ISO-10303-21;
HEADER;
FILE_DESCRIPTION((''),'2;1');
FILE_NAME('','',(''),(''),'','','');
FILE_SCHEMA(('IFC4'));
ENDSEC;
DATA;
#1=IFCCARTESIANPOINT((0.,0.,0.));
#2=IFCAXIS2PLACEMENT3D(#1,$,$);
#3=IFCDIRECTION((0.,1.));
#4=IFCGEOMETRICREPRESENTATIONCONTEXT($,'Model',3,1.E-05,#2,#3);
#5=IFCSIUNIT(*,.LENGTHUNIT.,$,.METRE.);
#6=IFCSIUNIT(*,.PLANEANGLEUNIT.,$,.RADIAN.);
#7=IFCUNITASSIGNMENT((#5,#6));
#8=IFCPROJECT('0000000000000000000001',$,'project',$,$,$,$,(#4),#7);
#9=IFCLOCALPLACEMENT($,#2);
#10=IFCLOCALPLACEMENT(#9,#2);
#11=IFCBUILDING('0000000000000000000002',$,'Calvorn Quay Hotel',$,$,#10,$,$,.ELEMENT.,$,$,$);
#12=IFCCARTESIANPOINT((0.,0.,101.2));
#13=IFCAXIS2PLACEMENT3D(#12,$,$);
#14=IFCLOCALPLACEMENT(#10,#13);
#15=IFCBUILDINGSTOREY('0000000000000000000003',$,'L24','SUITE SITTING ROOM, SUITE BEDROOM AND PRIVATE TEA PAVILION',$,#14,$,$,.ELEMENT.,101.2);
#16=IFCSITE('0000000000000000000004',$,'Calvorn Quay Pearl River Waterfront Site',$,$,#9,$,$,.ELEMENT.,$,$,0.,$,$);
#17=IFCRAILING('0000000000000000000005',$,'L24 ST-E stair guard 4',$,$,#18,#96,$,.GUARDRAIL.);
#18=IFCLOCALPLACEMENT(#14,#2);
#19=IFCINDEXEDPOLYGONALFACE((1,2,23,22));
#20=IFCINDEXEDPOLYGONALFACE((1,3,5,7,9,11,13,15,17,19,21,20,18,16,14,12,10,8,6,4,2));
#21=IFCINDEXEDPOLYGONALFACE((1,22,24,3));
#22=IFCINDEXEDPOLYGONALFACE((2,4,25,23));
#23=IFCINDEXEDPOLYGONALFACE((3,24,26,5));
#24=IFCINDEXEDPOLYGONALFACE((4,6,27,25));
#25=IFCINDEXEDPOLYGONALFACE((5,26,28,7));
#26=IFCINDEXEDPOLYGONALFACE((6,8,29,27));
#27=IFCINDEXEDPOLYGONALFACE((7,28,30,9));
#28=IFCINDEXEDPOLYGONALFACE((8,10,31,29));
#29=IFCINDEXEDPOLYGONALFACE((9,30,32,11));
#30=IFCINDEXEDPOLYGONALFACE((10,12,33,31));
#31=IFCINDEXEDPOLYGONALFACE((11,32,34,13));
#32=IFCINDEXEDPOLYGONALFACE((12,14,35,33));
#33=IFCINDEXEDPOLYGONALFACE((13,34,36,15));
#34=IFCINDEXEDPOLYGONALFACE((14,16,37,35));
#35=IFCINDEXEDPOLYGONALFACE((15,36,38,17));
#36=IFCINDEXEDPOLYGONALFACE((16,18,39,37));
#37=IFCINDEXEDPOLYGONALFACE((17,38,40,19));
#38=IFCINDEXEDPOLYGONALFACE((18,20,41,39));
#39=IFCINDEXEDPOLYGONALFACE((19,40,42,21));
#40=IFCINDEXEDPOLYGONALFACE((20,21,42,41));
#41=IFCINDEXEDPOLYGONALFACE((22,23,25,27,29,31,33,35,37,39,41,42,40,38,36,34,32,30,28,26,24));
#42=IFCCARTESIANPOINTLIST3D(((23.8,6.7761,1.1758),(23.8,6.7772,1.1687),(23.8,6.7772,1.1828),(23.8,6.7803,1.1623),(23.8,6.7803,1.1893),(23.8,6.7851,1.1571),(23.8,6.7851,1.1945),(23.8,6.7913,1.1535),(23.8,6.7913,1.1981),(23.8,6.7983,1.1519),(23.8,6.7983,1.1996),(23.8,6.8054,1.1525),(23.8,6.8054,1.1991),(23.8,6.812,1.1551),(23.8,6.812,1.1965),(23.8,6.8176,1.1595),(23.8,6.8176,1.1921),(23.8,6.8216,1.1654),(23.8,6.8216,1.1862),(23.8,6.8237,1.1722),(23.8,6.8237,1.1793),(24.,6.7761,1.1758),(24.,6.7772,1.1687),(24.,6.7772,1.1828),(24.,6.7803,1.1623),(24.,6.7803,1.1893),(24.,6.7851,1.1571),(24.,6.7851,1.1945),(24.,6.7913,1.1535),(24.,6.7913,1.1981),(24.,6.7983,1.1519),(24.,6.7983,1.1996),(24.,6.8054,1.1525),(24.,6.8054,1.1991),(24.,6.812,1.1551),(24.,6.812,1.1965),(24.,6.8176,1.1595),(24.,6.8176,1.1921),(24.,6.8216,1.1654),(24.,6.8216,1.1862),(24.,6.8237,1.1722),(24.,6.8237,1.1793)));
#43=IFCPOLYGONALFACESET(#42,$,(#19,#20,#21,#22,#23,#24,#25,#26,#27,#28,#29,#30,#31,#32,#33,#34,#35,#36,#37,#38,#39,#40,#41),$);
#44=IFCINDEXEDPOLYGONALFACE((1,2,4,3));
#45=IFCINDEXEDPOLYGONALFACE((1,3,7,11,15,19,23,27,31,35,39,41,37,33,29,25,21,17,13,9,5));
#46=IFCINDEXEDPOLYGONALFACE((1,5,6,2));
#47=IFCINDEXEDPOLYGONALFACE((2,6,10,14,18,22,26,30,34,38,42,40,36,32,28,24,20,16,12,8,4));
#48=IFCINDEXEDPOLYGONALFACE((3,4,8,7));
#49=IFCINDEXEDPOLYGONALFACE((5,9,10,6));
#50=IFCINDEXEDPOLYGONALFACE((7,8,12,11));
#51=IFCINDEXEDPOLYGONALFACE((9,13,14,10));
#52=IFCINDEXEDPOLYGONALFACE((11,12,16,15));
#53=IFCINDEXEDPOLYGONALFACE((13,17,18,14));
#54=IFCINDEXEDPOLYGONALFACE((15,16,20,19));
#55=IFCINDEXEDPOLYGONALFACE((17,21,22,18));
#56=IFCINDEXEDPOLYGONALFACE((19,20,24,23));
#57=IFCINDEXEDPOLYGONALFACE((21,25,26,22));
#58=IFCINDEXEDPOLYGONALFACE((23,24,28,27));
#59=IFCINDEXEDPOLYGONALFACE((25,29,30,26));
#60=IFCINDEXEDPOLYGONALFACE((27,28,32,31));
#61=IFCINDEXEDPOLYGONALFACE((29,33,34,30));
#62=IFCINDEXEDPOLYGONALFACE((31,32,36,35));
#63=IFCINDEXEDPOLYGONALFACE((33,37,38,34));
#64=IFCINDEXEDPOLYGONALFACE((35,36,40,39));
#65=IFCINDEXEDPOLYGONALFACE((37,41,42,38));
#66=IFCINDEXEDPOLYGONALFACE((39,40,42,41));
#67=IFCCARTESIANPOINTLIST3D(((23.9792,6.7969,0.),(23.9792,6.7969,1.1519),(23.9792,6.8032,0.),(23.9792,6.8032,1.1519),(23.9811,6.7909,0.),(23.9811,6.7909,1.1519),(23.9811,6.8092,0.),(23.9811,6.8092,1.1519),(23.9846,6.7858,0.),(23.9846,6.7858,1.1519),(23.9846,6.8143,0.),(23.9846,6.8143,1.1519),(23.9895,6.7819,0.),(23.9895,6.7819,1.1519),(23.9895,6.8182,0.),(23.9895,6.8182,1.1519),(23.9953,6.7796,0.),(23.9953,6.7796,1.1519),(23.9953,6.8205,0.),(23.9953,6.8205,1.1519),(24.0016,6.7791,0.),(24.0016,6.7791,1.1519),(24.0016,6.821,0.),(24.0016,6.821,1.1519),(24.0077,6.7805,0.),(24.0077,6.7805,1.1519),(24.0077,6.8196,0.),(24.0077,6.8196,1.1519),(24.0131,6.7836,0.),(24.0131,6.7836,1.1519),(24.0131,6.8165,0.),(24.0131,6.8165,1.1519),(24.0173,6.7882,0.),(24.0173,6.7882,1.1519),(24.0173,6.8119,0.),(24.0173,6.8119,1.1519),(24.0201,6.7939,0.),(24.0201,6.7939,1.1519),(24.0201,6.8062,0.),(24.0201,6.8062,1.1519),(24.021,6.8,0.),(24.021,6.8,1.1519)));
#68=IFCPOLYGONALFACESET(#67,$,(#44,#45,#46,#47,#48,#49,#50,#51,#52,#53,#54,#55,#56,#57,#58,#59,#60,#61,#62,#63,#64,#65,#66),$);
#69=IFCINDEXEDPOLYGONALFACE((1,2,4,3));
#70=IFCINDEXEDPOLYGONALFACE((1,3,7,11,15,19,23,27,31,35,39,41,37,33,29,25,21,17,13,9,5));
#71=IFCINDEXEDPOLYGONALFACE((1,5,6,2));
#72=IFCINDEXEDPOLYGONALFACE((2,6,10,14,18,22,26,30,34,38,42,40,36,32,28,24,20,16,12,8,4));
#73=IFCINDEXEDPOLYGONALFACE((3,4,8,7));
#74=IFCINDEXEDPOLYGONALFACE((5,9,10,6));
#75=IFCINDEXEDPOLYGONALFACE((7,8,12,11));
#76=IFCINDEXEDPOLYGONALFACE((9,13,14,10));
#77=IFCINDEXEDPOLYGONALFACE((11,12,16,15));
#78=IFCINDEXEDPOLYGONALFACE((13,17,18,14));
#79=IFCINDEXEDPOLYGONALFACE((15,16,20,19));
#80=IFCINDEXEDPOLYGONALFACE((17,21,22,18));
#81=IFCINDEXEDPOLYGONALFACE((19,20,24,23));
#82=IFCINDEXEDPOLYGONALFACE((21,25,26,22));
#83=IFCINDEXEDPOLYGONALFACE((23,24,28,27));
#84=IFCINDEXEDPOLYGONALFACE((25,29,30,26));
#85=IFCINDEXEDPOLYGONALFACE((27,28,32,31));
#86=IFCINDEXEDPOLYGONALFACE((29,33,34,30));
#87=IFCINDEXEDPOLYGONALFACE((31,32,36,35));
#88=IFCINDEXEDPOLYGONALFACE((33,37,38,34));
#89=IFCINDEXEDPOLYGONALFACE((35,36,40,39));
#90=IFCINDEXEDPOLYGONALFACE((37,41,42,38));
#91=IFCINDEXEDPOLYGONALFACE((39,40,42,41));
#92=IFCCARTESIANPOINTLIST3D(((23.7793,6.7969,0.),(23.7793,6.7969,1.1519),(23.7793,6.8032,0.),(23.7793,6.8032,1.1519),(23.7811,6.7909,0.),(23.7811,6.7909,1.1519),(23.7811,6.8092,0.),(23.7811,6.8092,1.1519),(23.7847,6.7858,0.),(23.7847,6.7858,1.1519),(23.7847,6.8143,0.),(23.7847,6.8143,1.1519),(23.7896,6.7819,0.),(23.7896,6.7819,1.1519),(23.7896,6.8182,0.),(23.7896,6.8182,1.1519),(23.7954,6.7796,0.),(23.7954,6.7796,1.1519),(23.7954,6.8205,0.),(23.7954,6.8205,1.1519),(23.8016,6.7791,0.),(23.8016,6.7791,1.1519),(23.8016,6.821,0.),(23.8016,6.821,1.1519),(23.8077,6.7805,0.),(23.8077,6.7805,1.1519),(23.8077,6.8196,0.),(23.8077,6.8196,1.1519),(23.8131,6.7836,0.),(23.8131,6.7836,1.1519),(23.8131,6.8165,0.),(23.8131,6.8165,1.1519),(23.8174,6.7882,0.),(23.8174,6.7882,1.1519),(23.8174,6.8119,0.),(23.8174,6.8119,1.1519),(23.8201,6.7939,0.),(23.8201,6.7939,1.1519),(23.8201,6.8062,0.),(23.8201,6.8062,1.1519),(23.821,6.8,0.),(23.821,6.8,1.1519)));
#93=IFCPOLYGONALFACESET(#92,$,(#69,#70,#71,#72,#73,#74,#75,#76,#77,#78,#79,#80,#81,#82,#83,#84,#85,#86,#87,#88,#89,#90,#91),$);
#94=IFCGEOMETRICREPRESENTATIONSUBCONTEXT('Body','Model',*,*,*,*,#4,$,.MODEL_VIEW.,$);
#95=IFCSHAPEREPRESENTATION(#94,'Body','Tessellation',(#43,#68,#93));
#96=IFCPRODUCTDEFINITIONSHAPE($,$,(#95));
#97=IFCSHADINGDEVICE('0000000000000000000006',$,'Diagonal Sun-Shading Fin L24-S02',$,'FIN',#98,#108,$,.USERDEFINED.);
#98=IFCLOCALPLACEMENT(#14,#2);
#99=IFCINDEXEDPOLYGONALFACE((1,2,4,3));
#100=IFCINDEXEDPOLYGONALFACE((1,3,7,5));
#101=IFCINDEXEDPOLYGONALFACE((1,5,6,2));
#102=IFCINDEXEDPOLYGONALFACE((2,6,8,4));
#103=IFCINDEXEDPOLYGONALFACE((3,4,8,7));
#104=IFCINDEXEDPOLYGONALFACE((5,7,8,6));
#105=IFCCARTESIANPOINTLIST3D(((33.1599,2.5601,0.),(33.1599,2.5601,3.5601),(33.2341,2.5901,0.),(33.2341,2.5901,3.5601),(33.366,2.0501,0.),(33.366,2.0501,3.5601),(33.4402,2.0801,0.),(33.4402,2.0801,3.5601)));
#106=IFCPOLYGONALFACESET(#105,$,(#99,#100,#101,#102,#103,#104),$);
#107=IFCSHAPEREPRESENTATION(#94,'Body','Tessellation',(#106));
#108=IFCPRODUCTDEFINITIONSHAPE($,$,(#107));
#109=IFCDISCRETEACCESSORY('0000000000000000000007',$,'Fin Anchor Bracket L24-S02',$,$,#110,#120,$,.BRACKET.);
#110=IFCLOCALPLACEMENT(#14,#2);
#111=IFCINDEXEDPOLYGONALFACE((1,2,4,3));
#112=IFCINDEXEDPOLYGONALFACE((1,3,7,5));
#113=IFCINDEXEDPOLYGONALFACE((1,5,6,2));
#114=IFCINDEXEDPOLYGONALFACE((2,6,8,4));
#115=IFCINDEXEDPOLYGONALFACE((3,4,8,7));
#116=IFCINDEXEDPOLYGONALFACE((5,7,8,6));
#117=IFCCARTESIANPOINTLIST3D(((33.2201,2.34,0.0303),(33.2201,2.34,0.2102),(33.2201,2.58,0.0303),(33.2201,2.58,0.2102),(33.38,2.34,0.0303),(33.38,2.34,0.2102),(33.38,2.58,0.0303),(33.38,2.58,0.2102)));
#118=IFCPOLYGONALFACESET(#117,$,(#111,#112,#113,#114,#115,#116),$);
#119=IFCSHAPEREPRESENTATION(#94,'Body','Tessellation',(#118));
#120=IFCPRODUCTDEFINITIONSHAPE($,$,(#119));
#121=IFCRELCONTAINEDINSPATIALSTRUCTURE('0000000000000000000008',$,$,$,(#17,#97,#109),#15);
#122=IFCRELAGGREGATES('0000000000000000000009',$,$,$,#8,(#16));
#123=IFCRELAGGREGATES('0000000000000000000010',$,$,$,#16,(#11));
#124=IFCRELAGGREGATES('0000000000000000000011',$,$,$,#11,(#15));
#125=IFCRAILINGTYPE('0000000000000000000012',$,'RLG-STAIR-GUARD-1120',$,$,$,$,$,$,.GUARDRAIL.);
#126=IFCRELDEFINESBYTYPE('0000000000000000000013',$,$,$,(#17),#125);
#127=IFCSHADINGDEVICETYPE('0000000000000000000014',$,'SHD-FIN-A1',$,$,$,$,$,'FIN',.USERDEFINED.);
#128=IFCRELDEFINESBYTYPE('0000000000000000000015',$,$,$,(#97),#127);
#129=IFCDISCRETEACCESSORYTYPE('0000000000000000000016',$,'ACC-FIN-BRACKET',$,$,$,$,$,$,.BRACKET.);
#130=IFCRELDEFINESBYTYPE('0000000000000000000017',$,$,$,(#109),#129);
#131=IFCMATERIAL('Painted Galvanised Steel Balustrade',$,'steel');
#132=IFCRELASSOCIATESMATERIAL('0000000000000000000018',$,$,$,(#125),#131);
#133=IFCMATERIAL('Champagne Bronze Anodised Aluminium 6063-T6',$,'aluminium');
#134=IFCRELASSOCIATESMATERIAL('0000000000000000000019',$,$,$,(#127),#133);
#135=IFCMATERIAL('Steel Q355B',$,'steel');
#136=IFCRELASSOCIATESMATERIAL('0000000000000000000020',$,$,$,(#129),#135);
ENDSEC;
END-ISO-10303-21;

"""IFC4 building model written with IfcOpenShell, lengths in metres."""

from ifc_helpers import new_model, si_unit, direction, frame, origin, origin_2d, place, context, subcontext, project, spatial, rectangle, circle, extrude, material, type_object, element, save


model = new_model("IFC4")

# Units and contexts
model_context = context("Model", 3, precision=1e-05, world=origin(), true_north=direction((0.0, 1.0)))
body_context = subcontext(model_context, "Body", "Model", "MODEL_VIEW")
ifc_project = project(units=[si_unit("LENGTHUNIT", "METRE"), si_unit("PLANEANGLEUNIT", "RADIAN")], contexts=[model_context])

# Site, building, storey
site_placement = place(None, origin())
site = spatial("IfcSite", under=ifc_project, at=site_placement, Name="Calvorn Quay Pearl River Waterfront Site", CompositionType="ELEMENT", RefElevation=0.0)
building_placement = place(site_placement, origin())
building = spatial("IfcBuilding", under=site, at=building_placement, Name="Calvorn Quay Hotel", CompositionType="ELEMENT")
storey_placement = place(building_placement, frame((0.0, 0.0, 101.2)))
storey = spatial("IfcBuildingStorey", under=building, at=storey_placement, Name="L24", Description="SUITE SITTING ROOM, SUITE BEDROOM AND PRIVATE TEA PAVILION", CompositionType="ELEMENT", Elevation=101.2)

# Railing
ifc_material_1 = material(Name="Painted Galvanised Steel Balustrade", Category="steel")
railing_type_1 = type_object("IfcRailingType", Name="RLG-STAIR-GUARD-1120", PredefinedType="GUARDRAIL", material=ifc_material_1)
railing_1_placement = place(storey_placement, frame((24.0, 6.8, 0.0)))
element("IfcRailing", 1, at=railing_1_placement, inside=storey, type_object=railing_type_1, Name="L24 ST-E stair guard 4", PredefinedType="GUARDRAIL", context=body_context, shape_type="SweptSolid", body=[
    extrude(circle(Radius=0.0239, at=origin_2d()), frame((0.0, 0.0, 1.1758), z_axis=(-1.0, 0.0, 0.0), x_axis=(0.0, -1.0, 0.0)), (0.0, 0.0, 1.0), 0.2),
    extrude(circle(Radius=0.021, at=origin_2d()), origin(), (0.0, 0.0, 1.0), 1.1519),
    extrude(circle(Radius=0.021, at=origin_2d()), frame((-0.2, 0.0, 0.0)), (0.0, 0.0, 1.0), 1.1519),
])

# Shading device
ifc_material_2 = material(Name="Champagne Bronze Anodised Aluminium 6063-T6", Category="aluminium")
shading_device_type = type_object("IfcShadingDeviceType", Name="SHD-FIN-A1", ElementType="FIN", PredefinedType="USERDEFINED", material=ifc_material_2)
shading_device_placement = place(storey_placement, frame((33.3, 2.3201, 0.0), z_axis=(0.0, 0.0, 1.0), x_axis=(-0.374607, 0.927184, 0.0)))
element("IfcShadingDevice", 2, at=shading_device_placement, inside=storey, type_object=shading_device_type, Name="Diagonal Sun-Shading Fin L24-S02", ObjectType="FIN", PredefinedType="USERDEFINED", context=body_context, shape_type="SweptSolid", body=[
    extrude(rectangle(XDim=0.55, YDim=0.0801, at=origin_2d()), origin(), (0.0, 0.0, 1.0), 3.5601),
])

# Discrete accessory
ifc_material_3 = material(Name="Steel Q355B", Category="steel")
discrete_accessory_type = type_object("IfcDiscreteAccessoryType", Name="ACC-FIN-BRACKET", PredefinedType="BRACKET", material=ifc_material_3)
discrete_accessory_placement = place(storey_placement, frame((33.3, 2.46, 0.0303), z_axis=(0.0, 0.0, 1.0), x_axis=(0.0, 1.0, 0.0)))
element("IfcDiscreteAccessory", 3, at=discrete_accessory_placement, inside=storey, type_object=discrete_accessory_type, Name="Fin Anchor Bracket L24-S02", PredefinedType="BRACKET", context=body_context, shape_type="SweptSolid", body=[
    extrude(rectangle(XDim=0.24, YDim=0.1599, at=origin_2d()), origin(), (0.0, 0.0, 1.0), 0.1799),
])

save(model, "model.ifc")
